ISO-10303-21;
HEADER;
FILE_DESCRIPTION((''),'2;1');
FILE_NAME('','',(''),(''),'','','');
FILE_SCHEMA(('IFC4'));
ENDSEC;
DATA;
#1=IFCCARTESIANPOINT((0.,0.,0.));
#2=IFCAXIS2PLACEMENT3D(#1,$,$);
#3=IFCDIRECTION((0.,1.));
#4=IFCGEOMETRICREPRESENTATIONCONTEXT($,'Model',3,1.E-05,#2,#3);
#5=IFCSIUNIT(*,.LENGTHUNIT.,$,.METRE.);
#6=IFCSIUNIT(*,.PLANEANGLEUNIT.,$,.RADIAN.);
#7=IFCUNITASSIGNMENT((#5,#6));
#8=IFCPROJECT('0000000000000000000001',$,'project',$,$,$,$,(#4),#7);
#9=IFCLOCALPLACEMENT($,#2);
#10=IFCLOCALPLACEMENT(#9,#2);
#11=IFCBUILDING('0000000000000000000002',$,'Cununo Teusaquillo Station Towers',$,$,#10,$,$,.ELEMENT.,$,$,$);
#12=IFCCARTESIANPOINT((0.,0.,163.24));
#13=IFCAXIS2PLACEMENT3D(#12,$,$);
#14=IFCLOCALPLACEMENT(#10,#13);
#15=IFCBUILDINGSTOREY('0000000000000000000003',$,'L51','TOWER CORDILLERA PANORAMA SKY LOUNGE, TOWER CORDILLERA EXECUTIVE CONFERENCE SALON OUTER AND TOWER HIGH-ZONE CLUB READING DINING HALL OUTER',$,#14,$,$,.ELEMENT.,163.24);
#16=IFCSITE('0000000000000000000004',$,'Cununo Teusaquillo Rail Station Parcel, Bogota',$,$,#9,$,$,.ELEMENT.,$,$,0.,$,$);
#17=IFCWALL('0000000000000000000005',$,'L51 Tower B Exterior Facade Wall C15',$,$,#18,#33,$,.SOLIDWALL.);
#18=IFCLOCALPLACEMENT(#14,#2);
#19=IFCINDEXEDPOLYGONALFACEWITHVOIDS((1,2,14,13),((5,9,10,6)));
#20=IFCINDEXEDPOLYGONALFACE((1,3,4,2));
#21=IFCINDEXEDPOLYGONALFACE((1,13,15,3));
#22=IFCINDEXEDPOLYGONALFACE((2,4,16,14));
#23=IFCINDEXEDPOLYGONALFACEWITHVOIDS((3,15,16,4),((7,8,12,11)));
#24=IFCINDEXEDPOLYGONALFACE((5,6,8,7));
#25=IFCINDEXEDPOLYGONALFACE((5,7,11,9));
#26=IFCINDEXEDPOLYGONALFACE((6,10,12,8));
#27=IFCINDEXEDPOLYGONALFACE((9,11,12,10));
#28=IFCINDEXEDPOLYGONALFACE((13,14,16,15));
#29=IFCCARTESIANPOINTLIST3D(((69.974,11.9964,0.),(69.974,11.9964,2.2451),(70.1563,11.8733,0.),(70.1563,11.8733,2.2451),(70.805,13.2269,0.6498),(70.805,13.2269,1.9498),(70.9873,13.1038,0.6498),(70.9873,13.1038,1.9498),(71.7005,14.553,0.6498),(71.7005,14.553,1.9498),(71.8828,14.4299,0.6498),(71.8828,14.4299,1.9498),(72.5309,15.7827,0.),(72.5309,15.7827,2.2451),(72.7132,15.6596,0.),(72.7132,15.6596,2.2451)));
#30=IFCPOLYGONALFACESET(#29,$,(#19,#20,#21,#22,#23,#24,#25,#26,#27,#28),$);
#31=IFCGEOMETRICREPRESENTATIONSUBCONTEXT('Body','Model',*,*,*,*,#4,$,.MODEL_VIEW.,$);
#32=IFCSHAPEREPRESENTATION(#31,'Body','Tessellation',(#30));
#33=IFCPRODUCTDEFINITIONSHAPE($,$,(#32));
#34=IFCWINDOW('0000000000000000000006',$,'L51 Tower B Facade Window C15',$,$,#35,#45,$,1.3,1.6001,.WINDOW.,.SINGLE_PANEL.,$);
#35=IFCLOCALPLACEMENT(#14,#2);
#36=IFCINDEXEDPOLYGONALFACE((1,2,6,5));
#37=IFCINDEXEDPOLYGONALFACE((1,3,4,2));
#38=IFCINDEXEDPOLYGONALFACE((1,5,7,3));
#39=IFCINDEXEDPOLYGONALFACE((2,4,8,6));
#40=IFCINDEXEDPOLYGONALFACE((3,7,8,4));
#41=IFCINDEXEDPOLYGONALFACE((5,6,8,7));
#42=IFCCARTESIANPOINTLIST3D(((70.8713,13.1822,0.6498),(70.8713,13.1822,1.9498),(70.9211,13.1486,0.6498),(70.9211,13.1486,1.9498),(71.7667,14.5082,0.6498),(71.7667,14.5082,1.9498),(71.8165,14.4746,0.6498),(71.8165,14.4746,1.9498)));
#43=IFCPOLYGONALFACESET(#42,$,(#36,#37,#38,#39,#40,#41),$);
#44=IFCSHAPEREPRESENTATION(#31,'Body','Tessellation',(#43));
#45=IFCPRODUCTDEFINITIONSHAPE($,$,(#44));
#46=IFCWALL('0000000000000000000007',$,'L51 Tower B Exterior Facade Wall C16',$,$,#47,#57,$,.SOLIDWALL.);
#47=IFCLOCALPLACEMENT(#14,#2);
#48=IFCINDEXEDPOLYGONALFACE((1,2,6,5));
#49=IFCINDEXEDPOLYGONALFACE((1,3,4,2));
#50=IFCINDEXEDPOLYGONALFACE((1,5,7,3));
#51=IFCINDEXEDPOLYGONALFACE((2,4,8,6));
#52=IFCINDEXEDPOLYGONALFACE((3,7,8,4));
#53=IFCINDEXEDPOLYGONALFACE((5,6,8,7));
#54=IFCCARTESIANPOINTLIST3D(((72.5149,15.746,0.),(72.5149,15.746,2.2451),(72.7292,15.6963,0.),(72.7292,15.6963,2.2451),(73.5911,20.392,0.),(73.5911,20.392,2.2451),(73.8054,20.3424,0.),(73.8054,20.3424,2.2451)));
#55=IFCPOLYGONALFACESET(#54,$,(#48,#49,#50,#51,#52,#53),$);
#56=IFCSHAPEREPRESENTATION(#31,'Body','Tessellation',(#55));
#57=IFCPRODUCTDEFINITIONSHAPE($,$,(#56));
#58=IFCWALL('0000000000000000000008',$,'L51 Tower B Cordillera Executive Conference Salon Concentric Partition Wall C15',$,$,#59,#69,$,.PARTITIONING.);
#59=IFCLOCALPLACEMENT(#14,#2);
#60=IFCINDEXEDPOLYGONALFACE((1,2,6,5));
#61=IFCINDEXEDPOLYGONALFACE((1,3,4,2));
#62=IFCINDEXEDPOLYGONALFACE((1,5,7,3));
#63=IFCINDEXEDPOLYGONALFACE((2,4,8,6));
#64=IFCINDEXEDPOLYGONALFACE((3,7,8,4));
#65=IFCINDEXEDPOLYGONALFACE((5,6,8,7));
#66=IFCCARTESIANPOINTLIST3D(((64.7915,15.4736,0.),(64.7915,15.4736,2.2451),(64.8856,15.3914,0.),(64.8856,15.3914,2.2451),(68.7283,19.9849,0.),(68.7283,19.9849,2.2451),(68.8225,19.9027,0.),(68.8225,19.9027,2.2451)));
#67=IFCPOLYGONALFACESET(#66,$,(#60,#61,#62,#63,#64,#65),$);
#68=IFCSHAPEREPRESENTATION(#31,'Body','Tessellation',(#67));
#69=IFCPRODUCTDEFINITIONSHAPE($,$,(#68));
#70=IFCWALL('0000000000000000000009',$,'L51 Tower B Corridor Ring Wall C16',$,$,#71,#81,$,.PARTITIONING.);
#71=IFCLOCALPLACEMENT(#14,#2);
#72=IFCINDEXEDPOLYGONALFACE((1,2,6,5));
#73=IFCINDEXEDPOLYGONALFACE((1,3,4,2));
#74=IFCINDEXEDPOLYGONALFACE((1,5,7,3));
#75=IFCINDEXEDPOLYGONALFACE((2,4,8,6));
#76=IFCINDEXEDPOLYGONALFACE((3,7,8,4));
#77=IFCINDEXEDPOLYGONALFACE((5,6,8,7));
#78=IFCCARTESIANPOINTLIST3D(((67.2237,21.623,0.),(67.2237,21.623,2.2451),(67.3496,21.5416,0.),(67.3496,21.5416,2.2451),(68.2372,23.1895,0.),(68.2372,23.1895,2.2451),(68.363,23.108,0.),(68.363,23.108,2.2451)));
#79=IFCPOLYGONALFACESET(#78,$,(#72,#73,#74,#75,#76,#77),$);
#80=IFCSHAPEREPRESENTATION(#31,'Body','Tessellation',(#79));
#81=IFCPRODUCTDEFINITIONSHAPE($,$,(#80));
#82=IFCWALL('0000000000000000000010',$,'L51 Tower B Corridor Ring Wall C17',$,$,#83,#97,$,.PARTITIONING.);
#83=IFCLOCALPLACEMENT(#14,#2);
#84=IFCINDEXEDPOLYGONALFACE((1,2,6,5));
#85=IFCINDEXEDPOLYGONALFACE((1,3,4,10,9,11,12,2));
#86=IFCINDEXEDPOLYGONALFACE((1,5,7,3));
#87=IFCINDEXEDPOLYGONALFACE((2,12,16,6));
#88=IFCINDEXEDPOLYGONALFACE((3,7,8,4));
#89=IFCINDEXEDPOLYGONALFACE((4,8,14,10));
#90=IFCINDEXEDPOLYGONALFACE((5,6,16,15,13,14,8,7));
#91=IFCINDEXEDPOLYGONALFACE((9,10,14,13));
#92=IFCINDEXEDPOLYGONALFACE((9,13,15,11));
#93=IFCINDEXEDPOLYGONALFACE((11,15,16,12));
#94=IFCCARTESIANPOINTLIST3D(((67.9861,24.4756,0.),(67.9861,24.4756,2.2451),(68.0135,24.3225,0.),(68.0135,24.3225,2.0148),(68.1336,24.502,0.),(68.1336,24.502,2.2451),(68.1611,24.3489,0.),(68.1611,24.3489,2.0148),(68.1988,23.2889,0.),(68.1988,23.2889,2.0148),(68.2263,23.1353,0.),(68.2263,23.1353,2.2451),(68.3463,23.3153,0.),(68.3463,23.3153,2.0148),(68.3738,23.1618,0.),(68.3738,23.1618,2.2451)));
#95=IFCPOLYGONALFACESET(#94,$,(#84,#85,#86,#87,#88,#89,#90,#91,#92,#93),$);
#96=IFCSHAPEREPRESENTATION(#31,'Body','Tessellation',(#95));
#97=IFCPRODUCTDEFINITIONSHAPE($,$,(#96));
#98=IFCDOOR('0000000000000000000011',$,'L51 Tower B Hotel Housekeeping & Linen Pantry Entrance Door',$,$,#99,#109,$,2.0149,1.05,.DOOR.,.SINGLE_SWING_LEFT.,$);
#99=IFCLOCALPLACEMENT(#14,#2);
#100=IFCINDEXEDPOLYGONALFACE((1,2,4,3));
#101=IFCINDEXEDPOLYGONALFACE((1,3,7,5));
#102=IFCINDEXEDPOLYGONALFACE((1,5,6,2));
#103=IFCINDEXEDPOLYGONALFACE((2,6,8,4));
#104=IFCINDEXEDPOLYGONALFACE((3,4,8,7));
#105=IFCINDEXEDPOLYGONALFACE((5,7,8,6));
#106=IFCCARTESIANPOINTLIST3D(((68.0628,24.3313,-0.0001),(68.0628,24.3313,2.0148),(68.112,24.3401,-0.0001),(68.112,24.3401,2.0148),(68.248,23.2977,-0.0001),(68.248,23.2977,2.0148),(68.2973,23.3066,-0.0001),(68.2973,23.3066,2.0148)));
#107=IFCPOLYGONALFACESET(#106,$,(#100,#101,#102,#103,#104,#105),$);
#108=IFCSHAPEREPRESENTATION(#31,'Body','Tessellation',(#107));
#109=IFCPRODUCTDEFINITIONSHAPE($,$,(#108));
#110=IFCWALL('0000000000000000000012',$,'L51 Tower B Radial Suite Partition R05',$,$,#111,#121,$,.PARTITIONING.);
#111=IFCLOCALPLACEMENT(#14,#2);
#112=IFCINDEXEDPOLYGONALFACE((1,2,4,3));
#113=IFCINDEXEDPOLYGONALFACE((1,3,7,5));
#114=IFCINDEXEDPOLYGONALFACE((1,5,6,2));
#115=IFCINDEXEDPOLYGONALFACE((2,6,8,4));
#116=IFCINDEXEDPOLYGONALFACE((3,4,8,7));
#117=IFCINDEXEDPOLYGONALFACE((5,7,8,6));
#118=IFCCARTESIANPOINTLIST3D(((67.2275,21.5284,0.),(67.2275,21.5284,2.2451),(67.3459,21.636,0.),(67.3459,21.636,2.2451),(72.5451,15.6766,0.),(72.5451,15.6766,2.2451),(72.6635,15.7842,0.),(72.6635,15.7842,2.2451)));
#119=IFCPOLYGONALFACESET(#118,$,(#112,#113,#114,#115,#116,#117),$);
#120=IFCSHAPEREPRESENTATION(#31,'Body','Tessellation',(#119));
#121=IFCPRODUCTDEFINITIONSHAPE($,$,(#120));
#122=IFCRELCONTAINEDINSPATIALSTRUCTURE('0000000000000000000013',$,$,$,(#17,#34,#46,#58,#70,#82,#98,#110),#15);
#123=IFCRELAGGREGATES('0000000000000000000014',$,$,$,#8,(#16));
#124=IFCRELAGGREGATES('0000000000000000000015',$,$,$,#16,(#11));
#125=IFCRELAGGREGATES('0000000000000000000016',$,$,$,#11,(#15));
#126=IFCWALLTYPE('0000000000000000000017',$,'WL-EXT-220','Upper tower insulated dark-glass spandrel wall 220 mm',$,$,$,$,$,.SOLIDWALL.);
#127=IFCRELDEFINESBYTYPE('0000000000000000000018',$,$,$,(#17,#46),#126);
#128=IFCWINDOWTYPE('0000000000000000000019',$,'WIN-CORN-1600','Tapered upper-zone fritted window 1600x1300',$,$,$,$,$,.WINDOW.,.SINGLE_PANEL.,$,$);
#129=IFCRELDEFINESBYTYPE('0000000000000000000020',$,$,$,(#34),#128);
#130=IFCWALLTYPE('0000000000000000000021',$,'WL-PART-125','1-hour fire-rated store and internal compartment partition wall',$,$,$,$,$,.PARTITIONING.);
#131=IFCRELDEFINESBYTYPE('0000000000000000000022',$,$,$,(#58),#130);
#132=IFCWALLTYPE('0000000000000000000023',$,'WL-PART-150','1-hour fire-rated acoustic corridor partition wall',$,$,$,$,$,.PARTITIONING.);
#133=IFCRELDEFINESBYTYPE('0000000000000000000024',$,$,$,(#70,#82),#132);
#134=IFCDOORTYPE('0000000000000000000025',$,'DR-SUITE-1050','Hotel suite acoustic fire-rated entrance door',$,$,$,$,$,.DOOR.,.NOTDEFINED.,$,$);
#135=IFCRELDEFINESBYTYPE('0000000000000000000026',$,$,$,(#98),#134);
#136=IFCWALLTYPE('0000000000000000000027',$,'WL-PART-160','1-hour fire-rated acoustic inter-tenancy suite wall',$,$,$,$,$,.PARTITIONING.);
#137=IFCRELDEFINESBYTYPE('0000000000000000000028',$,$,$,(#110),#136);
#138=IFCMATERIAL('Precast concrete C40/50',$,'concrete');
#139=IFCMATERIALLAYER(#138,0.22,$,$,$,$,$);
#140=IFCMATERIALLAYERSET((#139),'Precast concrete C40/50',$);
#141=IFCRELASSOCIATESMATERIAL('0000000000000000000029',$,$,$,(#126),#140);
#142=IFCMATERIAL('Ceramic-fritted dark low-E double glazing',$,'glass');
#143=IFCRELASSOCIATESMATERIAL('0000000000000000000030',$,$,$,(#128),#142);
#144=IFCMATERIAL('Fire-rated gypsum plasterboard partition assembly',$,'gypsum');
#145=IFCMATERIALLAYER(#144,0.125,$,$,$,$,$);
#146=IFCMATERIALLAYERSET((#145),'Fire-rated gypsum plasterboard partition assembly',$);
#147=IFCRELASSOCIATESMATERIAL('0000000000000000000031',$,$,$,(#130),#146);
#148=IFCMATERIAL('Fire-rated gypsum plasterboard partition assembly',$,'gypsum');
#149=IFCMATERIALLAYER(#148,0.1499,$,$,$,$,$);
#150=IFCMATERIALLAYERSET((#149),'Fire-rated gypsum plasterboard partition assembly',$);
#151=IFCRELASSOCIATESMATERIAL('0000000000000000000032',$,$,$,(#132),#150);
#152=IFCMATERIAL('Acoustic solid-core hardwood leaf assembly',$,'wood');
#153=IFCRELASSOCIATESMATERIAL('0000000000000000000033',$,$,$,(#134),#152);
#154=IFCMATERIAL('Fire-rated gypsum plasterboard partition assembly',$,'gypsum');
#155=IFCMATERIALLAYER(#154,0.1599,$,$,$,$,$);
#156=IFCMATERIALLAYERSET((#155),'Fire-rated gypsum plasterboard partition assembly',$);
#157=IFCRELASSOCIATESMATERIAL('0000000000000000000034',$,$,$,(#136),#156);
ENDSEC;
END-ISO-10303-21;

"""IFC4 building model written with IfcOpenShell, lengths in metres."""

from ifc_helpers import new_model, si_unit, direction, frame, frame_2d, origin, place, context, subcontext, project, spatial, rectangle, extrude, source, transform, mapped, material, layer, layer_set, type_object, element, fill, save


model = new_model("IFC4")

# Units and contexts
model_context = context("Model", 3, precision=1e-05, world=origin(), true_north=direction((0.0, 1.0)))
body_context = subcontext(model_context, "Body", "Model", "MODEL_VIEW")
ifc_project = project(units=[si_unit("LENGTHUNIT", "METRE"), si_unit("PLANEANGLEUNIT", "RADIAN")], contexts=[model_context])

# Site, building, storey
site_placement = place(None, origin())
site = spatial("IfcSite", under=ifc_project, at=site_placement, Name="Cununo Teusaquillo Rail Station Parcel, Bogota", CompositionType="ELEMENT", RefElevation=0.0)
building_placement = place(site_placement, origin())
building = spatial("IfcBuilding", under=site, at=building_placement, Name="Cununo Teusaquillo Station Towers", CompositionType="ELEMENT")
storey_placement = place(building_placement, frame((0.0, 0.0, 163.24)))
storey = spatial("IfcBuildingStorey", under=building, at=storey_placement, Name="L51", Description="TOWER CORDILLERA PANORAMA SKY LOUNGE, TOWER CORDILLERA EXECUTIVE CONFERENCE SALON OUTER AND TOWER HIGH-ZONE CLUB READING DINING HALL OUTER", CompositionType="ELEMENT", Elevation=163.24)

# Shared definitions
ifc_material_1 = material(Name="Precast concrete C40/50", Category="concrete")
ifc_layer_1 = layer(ifc_material_1, 0.22)
ifc_layer_set_1 = layer_set([ifc_layer_1], Name="Precast concrete C40/50")
wall_type_1 = type_object("IfcWallType", Name="WL-EXT-220", Description="Upper tower insulated dark-glass spandrel wall 220 mm", PredefinedType="SOLIDWALL", material=ifc_layer_set_1)
shared_shape_1 = source(origin(), body_context, "Body", "SweptSolid", [
    extrude(rectangle(XDim=1.6001, YDim=1.3, at=frame_2d((0.8, 0.6499))), frame((0.0, 0.1199, 0.0), z_axis=(0.0, -1.0, 0.0), x_axis=(1.0, 0.0, 0.0)), (0.0, 0.0, 1.0), 0.24),
])
ifc_material_2 = material(Name="Ceramic-fritted dark low-E double glazing", Category="glass")
window_type = type_object("IfcWindowType", Name="WIN-CORN-1600", Description="Tapered upper-zone fritted window 1600x1300", PartitioningType="SINGLE_PANEL", PredefinedType="WINDOW", material=ifc_material_2)
shared_shape_2 = source(origin(), body_context, "Body", "SweptSolid", [
    extrude(rectangle(XDim=1.6001, YDim=1.3, at=frame_2d((0.8, 0.6499))), frame((0.0, 0.03, 0.0), z_axis=(0.0, -1.0, 0.0), x_axis=(1.0, 0.0, 0.0)), (0.0, 0.0, 1.0), 0.0601),
])

# Wall, opening, window
wall_1_placement = place(storey_placement, frame((72.6221, 15.7212, 0.0), z_axis=(0.0, 0.0, 1.0), x_axis=(-0.559635, -0.828739, 0.0)))
wall_1 = element("IfcWall", 1, at=wall_1_placement, inside=storey, type_object=wall_type_1, Name="L51 Tower B Exterior Facade Wall C15", PredefinedType="SOLIDWALL", context=body_context, shape_type="SweptSolid", body=[
    extrude(rectangle(XDim=4.5688, YDim=0.22, at=frame_2d((2.2844, 0.0))), origin(), (0.0, 0.0, 1.0), 2.2451),
])
opening_1_placement = place(wall_1_placement, frame((1.4839, 0.0, 0.6499)))
opening_1 = element("IfcOpeningElement", 2, at=opening_1_placement, cuts=wall_1, PredefinedType="OPENING", context=body_context, shape_type="MappedRepresentation", body=[
    mapped(shared_shape_1, transform((0.0, 0.0, 0.0), x_axis=(1.0, 0.0, 0.0), y_axis=(0.0, 1.0, 0.0), z_axis=(0.0, 0.0, 1.0), scale=1.0)),
])
window_1_placement = place(opening_1_placement, origin())
window_1 = element("IfcWindow", 3, at=window_1_placement, inside=storey, type_object=window_type, Name="L51 Tower B Facade Window C15", OverallHeight=1.3, OverallWidth=1.6001, PartitioningType="SINGLE_PANEL", PredefinedType="WINDOW", context=body_context, shape_type="MappedRepresentation", body=[
    mapped(shared_shape_2, transform((0.0, 0.0, 0.0), x_axis=(1.0, 0.0, 0.0), y_axis=(0.0, 1.0, 0.0), z_axis=(0.0, 0.0, 1.0), scale=1.0)),
])
fill(opening_1, window_1)

# Walls
wall_2_placement = place(storey_placement, frame((73.6982, 20.3672, 0.0), z_axis=(0.0, 0.0, 1.0), x_axis=(-0.22566, -0.974206, 0.0)))
element("IfcWall", 4, at=wall_2_placement, inside=storey, type_object=wall_type_1, Name="L51 Tower B Exterior Facade Wall C16", PredefinedType="SOLIDWALL", context=body_context, shape_type="SweptSolid", body=[
    extrude(rectangle(XDim=4.769, YDim=0.22, at=frame_2d((2.3845, 0.0))), origin(), (0.0, 0.0, 1.0), 2.2451),
])
ifc_material_3 = material(Name="Fire-rated gypsum plasterboard partition assembly", Category="gypsum")
ifc_layer_2 = layer(ifc_material_3, 0.125)
ifc_layer_set_2 = layer_set([ifc_layer_2], Name="Fire-rated gypsum plasterboard partition assembly")
wall_type_2 = type_object("IfcWallType", Name="WL-PART-125", Description="1-hour fire-rated store and internal compartment partition wall", PredefinedType="PARTITIONING", material=ifc_layer_set_2)
wall_3_placement = place(storey_placement, frame((64.8386, 15.4326, 0.0), z_axis=(0.0, 0.0, 1.0), x_axis=(0.657505, 0.75345, 0.0)))
element("IfcWall", 5, at=wall_3_placement, inside=storey, type_object=wall_type_2, Name="L51 Tower B Cordillera Executive Conference Salon Concentric Partition Wall C15", PredefinedType="PARTITIONING", context=body_context, shape_type="SweptSolid", body=[
    extrude(rectangle(XDim=5.9875, YDim=0.125, at=frame_2d((2.9937, 0.0))), origin(), (0.0, 0.0, 1.0), 2.2451),
])
ifc_material_4 = material(Name="Fire-rated gypsum plasterboard partition assembly", Category="gypsum")
ifc_layer_3 = layer(ifc_material_4, 0.1499)
ifc_layer_set_3 = layer_set([ifc_layer_3], Name="Fire-rated gypsum plasterboard partition assembly")
wall_type_3 = type_object("IfcWallType", Name="WL-PART-150", Description="1-hour fire-rated acoustic corridor partition wall", PredefinedType="PARTITIONING", material=ifc_layer_set_3)
wall_4_placement = place(storey_placement, frame((67.2866, 21.5823, 0.0), z_axis=(0.0, 0.0, 1.0), x_axis=(0.543202, 0.839602, 0.0)))
element("IfcWall", 6, at=wall_4_placement, inside=storey, type_object=wall_type_3, Name="L51 Tower B Corridor Ring Wall C16", PredefinedType="PARTITIONING", context=body_context, shape_type="SweptSolid", body=[
    extrude(rectangle(XDim=1.8657, YDim=0.1499, at=frame_2d((0.9329, 0.0))), origin(), (0.0, 0.0, 1.0), 2.2451),
])

# Wall, opening, door
wall_5_placement = place(storey_placement, frame((68.3, 23.1487, 0.0), z_axis=(0.0, 0.0, 1.0), x_axis=(-0.176424, 0.984314, 0.0)))
wall_5 = element("IfcWall", 7, at=wall_5_placement, inside=storey, type_object=wall_type_3, Name="L51 Tower B Corridor Ring Wall C17", PredefinedType="PARTITIONING", context=body_context, shape_type="SweptSolid", body=[
    extrude(rectangle(XDim=1.3616, YDim=0.1499, at=frame_2d((0.6807, 0.0))), origin(), (0.0, 0.0, 1.0), 2.2451),
])
shared_shape_3 = source(origin(), body_context, "Body", "SweptSolid", [
    extrude(rectangle(XDim=1.05, YDim=2.0149, at=frame_2d((0.5249, 1.0073))), frame((0.0, 0.085, 0.0), z_axis=(0.0, -1.0, 0.0), x_axis=(1.0, 0.0, 0.0)), (0.0, 0.0, 1.0), 0.1699),
])
opening_2_placement = place(wall_5_placement, frame((0.156, 0.0, 0.0)))
opening_2 = element("IfcOpeningElement", 8, at=opening_2_placement, cuts=wall_5, PredefinedType="OPENING", context=body_context, shape_type="MappedRepresentation", body=[
    mapped(shared_shape_3, transform((0.0, 0.0, 0.0), x_axis=(1.0, 0.0, 0.0), y_axis=(0.0, 1.0, 0.0), z_axis=(0.0, 0.0, 1.0), scale=1.0)),
])
ifc_material_5 = material(Name="Acoustic solid-core hardwood leaf assembly", Category="wood")
door_type_1 = type_object("IfcDoorType", Name="DR-SUITE-1050", Description="Hotel suite acoustic fire-rated entrance door", OperationType="NOTDEFINED", PredefinedType="DOOR", material=ifc_material_5)
shared_shape_4 = source(origin(), body_context, "Body", "SweptSolid", [
    extrude(rectangle(XDim=1.05, YDim=2.0149, at=frame_2d((0.5249, 1.0073))), frame((0.0, 0.0249, 0.0), z_axis=(0.0, -1.0, 0.0), x_axis=(1.0, 0.0, 0.0)), (0.0, 0.0, 1.0), 0.05),
])
door_1_placement = place(opening_2_placement, origin())
door_1 = element("IfcDoor", 9, at=door_1_placement, inside=storey, type_object=door_type_1, Name="L51 Tower B Hotel Housekeeping & Linen Pantry Entrance Door", OperationType="SINGLE_SWING_LEFT", OverallHeight=2.0149, OverallWidth=1.05, PredefinedType="DOOR", context=body_context, shape_type="MappedRepresentation", body=[
    mapped(shared_shape_4, transform((0.0, 0.0, 0.0), x_axis=(1.0, 0.0, 0.0), y_axis=(0.0, 1.0, 0.0), z_axis=(0.0, 0.0, 1.0), scale=1.0)),
])
fill(opening_2, door_1)

# Wall
ifc_material_6 = material(Name="Fire-rated gypsum plasterboard partition assembly", Category="gypsum")
ifc_layer_4 = layer(ifc_material_6, 0.1599)
ifc_layer_set_4 = layer_set([ifc_layer_4], Name="Fire-rated gypsum plasterboard partition assembly")
wall_type_4 = type_object("IfcWallType", Name="WL-PART-160", Description="1-hour fire-rated acoustic inter-tenancy suite wall", PredefinedType="PARTITIONING", material=ifc_layer_set_4)
wall_6_placement = place(storey_placement, frame((67.2866, 21.5823, 0.0), z_axis=(0.0, 0.0, 1.0), x_axis=(0.672521, -0.740078, 0.0)))
element("IfcWall", 10, at=wall_6_placement, inside=storey, type_object=wall_type_4, Name="L51 Tower B Radial Suite Partition R05", PredefinedType="PARTITIONING", context=body_context, shape_type="SweptSolid", body=[
    extrude(rectangle(XDim=7.907, YDim=0.1599, at=frame_2d((3.9536, 0.0))), origin(), (0.0, 0.0, 1.0), 2.2451),
])

save(model, "model.ifc")
